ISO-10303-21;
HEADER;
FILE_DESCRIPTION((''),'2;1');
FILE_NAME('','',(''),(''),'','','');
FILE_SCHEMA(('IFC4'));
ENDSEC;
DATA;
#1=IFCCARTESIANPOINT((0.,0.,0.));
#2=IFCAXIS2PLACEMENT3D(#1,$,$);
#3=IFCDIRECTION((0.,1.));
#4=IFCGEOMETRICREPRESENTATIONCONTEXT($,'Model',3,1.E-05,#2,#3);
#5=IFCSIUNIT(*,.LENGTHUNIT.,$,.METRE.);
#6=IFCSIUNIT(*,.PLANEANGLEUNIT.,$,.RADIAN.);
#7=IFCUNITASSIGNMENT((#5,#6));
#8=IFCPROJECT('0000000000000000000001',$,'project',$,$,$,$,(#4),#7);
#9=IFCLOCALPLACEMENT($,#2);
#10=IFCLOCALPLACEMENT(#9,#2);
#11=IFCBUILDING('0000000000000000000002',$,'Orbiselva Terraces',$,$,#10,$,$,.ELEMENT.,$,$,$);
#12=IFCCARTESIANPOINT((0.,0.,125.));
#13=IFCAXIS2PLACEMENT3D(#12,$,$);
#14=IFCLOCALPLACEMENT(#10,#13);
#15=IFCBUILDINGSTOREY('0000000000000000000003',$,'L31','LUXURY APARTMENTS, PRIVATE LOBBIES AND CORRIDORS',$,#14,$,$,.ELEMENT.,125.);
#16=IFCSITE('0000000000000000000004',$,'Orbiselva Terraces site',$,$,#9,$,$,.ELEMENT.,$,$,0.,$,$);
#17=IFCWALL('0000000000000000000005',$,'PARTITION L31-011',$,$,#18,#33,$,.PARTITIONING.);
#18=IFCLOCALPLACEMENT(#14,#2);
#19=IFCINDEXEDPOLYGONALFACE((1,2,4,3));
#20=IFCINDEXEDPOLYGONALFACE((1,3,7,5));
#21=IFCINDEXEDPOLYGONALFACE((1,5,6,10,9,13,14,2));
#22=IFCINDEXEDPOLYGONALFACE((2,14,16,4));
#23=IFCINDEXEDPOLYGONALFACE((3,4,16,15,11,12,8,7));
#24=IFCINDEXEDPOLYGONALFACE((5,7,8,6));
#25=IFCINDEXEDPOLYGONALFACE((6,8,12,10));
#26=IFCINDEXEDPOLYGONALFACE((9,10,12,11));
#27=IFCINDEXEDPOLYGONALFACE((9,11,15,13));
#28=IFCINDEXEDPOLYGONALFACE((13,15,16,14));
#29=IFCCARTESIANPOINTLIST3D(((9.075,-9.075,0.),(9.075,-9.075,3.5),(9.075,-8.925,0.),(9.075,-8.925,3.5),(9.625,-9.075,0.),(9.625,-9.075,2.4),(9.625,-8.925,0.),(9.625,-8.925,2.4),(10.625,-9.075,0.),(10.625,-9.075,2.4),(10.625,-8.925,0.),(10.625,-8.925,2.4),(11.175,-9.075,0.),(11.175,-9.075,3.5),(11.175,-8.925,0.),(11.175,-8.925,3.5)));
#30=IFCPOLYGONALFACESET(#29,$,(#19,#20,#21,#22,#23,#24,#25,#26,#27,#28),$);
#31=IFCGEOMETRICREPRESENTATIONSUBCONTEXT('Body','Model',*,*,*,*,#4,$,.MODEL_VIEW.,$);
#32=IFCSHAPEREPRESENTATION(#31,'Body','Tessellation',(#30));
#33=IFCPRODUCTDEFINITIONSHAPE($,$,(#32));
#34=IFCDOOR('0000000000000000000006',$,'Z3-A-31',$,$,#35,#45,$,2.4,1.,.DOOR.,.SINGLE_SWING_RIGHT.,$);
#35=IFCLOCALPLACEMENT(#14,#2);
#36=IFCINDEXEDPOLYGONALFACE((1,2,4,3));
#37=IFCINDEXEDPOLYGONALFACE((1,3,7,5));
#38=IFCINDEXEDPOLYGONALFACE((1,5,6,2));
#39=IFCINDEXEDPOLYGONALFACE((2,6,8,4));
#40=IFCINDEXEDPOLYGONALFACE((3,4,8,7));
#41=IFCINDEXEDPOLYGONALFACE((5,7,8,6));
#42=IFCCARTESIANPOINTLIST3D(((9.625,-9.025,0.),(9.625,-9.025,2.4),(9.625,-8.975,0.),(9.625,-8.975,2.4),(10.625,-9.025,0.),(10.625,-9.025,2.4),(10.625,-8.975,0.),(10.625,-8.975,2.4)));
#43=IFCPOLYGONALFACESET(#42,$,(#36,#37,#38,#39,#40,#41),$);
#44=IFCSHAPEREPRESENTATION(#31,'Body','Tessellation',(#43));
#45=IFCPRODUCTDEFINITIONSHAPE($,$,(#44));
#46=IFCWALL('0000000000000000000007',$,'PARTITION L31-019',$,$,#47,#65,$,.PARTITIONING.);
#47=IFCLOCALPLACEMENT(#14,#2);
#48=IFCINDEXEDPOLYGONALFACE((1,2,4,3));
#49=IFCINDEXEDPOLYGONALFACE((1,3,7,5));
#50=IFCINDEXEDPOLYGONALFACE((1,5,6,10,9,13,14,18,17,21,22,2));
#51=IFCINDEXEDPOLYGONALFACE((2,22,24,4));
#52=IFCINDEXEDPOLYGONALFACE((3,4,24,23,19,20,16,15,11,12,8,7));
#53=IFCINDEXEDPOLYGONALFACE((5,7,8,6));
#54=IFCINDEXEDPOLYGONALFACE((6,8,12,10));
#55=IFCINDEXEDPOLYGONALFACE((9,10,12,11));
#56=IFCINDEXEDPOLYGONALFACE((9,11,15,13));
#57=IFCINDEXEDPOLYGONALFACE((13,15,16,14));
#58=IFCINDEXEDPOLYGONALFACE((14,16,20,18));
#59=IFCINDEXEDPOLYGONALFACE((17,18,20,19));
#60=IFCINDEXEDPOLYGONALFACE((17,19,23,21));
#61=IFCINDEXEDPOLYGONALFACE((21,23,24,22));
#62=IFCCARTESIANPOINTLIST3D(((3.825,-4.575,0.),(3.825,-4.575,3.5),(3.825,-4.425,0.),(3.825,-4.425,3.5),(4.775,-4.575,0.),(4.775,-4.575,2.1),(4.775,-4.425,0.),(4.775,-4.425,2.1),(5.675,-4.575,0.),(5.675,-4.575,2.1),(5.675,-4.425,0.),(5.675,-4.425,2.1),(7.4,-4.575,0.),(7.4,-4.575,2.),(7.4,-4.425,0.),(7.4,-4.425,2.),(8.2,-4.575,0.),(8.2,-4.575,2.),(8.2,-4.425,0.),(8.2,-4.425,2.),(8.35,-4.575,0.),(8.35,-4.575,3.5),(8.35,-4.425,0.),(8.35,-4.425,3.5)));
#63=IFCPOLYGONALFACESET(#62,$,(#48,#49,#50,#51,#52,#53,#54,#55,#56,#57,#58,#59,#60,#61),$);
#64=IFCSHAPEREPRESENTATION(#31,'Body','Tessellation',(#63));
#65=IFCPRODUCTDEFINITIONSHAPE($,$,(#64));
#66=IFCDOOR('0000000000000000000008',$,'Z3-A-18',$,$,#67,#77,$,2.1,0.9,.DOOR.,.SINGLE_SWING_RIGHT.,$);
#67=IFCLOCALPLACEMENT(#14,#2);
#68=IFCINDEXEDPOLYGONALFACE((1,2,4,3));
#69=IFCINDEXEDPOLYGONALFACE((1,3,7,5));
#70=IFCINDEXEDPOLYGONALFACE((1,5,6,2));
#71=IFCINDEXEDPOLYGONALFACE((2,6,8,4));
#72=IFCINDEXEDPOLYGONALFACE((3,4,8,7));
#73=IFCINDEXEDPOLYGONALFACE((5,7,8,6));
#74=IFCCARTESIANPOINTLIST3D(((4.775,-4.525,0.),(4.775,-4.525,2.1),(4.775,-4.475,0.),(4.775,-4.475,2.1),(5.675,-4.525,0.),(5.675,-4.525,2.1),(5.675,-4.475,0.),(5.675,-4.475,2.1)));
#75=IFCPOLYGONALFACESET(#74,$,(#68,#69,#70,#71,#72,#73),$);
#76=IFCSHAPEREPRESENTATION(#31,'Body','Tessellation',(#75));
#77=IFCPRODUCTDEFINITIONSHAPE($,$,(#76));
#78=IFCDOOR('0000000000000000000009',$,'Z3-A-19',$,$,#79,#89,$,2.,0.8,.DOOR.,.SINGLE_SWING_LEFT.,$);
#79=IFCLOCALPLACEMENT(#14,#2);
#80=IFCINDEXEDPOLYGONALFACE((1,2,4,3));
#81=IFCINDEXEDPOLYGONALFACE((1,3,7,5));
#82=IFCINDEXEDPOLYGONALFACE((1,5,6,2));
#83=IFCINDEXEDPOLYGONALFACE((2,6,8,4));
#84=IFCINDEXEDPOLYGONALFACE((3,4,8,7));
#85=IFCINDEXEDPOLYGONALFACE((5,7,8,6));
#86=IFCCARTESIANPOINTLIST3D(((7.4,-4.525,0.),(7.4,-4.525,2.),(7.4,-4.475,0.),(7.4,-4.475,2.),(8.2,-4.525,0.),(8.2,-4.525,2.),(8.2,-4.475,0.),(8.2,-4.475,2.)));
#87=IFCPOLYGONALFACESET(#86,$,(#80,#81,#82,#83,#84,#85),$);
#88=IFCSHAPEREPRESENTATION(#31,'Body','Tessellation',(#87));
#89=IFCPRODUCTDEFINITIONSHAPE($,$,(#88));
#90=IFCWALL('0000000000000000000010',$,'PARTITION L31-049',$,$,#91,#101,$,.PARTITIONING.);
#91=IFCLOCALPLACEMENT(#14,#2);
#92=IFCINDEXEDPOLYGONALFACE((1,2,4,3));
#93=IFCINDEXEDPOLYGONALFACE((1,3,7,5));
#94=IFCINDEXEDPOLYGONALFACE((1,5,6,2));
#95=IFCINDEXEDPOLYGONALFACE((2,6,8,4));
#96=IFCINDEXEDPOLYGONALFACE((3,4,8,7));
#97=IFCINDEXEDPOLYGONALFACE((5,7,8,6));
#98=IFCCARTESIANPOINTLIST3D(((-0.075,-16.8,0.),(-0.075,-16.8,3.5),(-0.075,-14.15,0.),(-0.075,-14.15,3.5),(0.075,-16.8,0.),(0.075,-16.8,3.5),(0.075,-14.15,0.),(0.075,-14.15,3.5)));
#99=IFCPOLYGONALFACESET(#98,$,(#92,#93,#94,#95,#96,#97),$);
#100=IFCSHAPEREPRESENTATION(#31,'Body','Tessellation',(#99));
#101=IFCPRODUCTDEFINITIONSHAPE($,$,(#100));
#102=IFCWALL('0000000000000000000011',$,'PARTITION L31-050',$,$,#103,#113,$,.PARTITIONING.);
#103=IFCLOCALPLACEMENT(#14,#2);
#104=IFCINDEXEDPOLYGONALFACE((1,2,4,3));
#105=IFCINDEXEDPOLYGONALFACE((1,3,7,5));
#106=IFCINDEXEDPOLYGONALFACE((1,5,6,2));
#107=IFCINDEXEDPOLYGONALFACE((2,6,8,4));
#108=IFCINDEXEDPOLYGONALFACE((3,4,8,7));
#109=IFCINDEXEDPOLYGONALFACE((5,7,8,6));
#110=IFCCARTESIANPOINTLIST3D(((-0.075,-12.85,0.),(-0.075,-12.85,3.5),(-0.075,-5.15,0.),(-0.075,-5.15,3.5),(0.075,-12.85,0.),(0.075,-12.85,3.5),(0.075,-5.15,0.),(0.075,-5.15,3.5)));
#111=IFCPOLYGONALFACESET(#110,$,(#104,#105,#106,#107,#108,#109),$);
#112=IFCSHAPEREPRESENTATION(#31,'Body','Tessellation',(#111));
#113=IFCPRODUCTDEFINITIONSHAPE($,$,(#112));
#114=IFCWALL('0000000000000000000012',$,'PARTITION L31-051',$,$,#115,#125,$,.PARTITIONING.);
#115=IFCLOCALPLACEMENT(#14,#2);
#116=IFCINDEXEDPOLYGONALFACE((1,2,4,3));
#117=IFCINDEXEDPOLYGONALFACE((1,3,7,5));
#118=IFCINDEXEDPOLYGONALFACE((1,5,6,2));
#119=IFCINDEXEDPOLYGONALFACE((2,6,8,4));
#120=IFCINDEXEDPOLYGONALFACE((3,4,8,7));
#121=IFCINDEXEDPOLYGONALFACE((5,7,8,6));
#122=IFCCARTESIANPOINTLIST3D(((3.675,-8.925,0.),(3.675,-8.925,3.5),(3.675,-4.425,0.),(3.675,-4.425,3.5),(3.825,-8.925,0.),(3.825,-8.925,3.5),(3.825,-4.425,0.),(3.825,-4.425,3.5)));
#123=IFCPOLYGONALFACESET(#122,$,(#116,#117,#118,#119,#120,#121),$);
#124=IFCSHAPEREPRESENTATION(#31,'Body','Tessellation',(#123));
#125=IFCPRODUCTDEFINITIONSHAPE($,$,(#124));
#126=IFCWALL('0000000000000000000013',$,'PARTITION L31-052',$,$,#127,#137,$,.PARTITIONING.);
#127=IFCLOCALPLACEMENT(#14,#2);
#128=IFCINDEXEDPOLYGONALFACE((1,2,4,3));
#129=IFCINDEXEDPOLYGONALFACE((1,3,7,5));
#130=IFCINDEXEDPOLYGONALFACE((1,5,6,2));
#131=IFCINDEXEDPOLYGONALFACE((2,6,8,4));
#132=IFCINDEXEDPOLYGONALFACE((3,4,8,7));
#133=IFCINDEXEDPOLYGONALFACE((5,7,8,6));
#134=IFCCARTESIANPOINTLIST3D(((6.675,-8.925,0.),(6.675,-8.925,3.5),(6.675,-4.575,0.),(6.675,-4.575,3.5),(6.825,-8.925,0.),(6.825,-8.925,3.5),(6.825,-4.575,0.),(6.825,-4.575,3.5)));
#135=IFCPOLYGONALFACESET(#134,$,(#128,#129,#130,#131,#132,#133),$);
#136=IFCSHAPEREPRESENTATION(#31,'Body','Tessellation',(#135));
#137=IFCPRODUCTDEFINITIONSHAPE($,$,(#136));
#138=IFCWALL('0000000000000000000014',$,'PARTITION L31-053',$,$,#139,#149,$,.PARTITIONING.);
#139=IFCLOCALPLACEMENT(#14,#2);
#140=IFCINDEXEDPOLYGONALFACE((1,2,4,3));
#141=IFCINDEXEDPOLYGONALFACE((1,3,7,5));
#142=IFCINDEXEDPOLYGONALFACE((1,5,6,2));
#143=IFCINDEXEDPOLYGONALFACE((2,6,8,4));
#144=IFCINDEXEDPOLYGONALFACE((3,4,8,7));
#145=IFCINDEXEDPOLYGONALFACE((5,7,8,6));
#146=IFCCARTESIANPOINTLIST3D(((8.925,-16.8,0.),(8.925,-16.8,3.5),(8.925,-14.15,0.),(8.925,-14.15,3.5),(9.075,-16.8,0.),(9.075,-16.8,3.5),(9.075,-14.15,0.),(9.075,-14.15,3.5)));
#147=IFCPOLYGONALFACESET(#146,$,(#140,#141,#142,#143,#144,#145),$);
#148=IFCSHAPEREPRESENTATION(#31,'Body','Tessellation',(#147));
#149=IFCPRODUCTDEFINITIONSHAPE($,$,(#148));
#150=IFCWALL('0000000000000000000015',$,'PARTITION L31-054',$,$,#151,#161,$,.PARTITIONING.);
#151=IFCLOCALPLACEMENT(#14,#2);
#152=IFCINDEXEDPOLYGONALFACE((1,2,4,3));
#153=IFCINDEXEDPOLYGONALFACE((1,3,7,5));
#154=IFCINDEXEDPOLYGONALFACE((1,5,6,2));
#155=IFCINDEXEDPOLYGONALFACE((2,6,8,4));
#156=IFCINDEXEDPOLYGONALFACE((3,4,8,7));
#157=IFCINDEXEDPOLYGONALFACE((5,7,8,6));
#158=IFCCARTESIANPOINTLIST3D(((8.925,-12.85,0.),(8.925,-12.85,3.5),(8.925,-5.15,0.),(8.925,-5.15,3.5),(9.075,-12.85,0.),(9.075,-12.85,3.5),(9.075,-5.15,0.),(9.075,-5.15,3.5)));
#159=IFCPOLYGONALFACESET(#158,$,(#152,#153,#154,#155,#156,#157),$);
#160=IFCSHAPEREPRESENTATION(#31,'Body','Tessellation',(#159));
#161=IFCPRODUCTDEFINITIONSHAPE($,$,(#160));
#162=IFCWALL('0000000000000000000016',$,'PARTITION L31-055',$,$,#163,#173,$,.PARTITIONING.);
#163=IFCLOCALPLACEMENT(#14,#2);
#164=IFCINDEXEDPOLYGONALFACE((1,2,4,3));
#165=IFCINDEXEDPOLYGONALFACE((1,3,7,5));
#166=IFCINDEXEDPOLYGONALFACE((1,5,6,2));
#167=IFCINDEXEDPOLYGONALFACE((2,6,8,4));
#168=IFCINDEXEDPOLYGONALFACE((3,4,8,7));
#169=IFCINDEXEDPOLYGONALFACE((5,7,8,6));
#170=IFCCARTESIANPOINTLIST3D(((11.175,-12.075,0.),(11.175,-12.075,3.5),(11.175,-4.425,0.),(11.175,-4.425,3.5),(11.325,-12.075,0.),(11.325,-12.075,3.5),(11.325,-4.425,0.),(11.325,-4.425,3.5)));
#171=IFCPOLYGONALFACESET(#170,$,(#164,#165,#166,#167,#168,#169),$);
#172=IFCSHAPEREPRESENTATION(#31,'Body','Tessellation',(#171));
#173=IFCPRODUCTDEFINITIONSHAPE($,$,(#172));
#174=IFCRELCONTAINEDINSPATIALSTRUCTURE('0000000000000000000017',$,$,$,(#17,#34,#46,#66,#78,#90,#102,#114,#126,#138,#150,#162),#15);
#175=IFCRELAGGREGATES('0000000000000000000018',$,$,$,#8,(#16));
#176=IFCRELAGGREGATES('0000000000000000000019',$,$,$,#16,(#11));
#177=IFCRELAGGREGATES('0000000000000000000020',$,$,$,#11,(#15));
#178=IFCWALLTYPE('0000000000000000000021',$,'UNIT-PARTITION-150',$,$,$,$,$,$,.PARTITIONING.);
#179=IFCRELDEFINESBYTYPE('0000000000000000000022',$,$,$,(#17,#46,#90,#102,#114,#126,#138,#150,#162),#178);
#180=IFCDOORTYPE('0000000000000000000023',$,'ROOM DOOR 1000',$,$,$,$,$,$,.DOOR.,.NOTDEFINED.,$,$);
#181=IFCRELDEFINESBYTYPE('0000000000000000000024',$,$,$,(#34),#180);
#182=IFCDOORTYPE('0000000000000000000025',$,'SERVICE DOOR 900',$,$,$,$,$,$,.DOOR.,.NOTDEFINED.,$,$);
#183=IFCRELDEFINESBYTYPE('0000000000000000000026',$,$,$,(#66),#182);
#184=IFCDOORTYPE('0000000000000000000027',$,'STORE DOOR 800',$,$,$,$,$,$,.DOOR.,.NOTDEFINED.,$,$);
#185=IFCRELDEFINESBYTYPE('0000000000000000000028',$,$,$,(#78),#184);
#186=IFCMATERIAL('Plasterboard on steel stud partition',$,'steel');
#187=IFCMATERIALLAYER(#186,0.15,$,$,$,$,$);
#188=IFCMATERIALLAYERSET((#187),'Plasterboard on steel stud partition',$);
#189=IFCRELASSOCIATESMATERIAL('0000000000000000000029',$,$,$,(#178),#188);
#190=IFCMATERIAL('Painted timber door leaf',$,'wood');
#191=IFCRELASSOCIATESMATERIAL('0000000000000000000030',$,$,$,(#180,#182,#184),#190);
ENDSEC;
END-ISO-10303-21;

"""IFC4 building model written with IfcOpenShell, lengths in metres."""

from ifc_helpers import new_model, si_unit, direction, frame, frame_2d, origin, place, context, subcontext, project, spatial, rectangle, extrude, material, layer, layer_set, type_object, element, fill, save


model = new_model("IFC4")

# Units and contexts
model_context = context("Model", 3, precision=1e-05, world=origin(), true_north=direction((0.0, 1.0)))
body_context = subcontext(model_context, "Body", "Model", "MODEL_VIEW")
ifc_project = project(units=[si_unit("LENGTHUNIT", "METRE"), si_unit("PLANEANGLEUNIT", "RADIAN")], contexts=[model_context])

# Site, building, storey
site_placement = place(None, origin())
site = spatial("IfcSite", under=ifc_project, at=site_placement, Name="Orbiselva Terraces site", CompositionType="ELEMENT", RefElevation=0.0)
building_placement = place(site_placement, origin())
building = spatial("IfcBuilding", under=site, at=building_placement, Name="Orbiselva Terraces", CompositionType="ELEMENT")
storey_placement = place(building_placement, frame((0.0, 0.0, 125.0)))
storey = spatial("IfcBuildingStorey", under=building, at=storey_placement, Name="L31", Description="LUXURY APARTMENTS, PRIVATE LOBBIES AND CORRIDORS", CompositionType="ELEMENT", Elevation=125.0)

# Wall, opening, door
ifc_material_1 = material(Name="Plasterboard on steel stud partition", Category="steel")
ifc_layer_1 = layer(ifc_material_1, 0.15)
ifc_layer_set_1 = layer_set([ifc_layer_1], Name="Plasterboard on steel stud partition")
wall_type_1 = type_object("IfcWallType", Name="UNIT-PARTITION-150", PredefinedType="PARTITIONING", material=ifc_layer_set_1)
ifc_material_2 = material(Name="Painted timber door leaf", Category="wood")
wall_1_placement = place(storey_placement, frame((11.175, -9.0, 0.0), z_axis=(0.0, 0.0, 1.0), x_axis=(-1.0, 0.0, 0.0)))
wall_1 = element("IfcWall", 1, at=wall_1_placement, inside=storey, type_object=wall_type_1, Name="PARTITION L31-011", PredefinedType="PARTITIONING", context=body_context, shape_type="SweptSolid", body=[
    extrude(rectangle(XDim=2.1, YDim=0.15, at=frame_2d((1.05, 0.0))), origin(), (0.0, 0.0, 1.0), 3.5),
])
opening_1_placement = place(wall_1_placement, frame((0.55, 0.0, 0.0)))
opening_1 = element("IfcOpeningElement", 2, at=opening_1_placement, cuts=wall_1, PredefinedType="OPENING", context=body_context, shape_type="SweptSolid", body=[
    extrude(rectangle(XDim=1.0, YDim=2.4, at=frame_2d((0.5, 1.2))), frame((0.0, 0.085, 0.0), z_axis=(0.0, -1.0, 0.0), x_axis=(1.0, 0.0, 0.0)), (0.0, 0.0, 1.0), 0.17),
])
door_type_1 = type_object("IfcDoorType", Name="ROOM DOOR 1000", OperationType="NOTDEFINED", PredefinedType="DOOR", material=ifc_material_2)
door_1_placement = place(opening_1_placement, origin())
door_1 = element("IfcDoor", 3, at=door_1_placement, inside=storey, type_object=door_type_1, Name="Z3-A-31", OperationType="SINGLE_SWING_RIGHT", OverallHeight=2.4, OverallWidth=1.0, PredefinedType="DOOR", context=body_context, shape_type="SweptSolid", body=[
    extrude(rectangle(XDim=1.0, YDim=2.4, at=frame_2d((0.5, 1.2))), frame((0.0, 0.025, 0.0), z_axis=(0.0, -1.0, 0.0), x_axis=(1.0, 0.0, 0.0)), (0.0, 0.0, 1.0), 0.05),
])
fill(opening_1, door_1)

# Wall, openings, doors
wall_2_placement = place(storey_placement, frame((8.35, -4.5, 0.0), z_axis=(0.0, 0.0, 1.0), x_axis=(-1.0, 0.0, 0.0)))
wall_2 = element("IfcWall", 4, at=wall_2_placement, inside=storey, type_object=wall_type_1, Name="PARTITION L31-019", PredefinedType="PARTITIONING", context=body_context, shape_type="SweptSolid", body=[
    extrude(rectangle(XDim=4.525, YDim=0.15, at=frame_2d((2.2625, 0.0))), origin(), (0.0, 0.0, 1.0), 3.5),
])
opening_2_placement = place(wall_2_placement, frame((2.675, 0.0, 0.0)))
opening_2 = element("IfcOpeningElement", 5, at=opening_2_placement, cuts=wall_2, PredefinedType="OPENING", context=body_context, shape_type="SweptSolid", body=[
    extrude(rectangle(XDim=0.9, YDim=2.1, at=frame_2d((0.45, 1.05))), frame((0.0, 0.085, 0.0), z_axis=(0.0, -1.0, 0.0), x_axis=(1.0, 0.0, 0.0)), (0.0, 0.0, 1.0), 0.17),
])
opening_3_placement = place(wall_2_placement, frame((0.15, 0.0, 0.0)))
opening_3 = element("IfcOpeningElement", 6, at=opening_3_placement, cuts=wall_2, PredefinedType="OPENING", context=body_context, shape_type="SweptSolid", body=[
    extrude(rectangle(XDim=0.8, YDim=2.0, at=frame_2d((0.4, 1.0))), frame((0.0, 0.085, 0.0), z_axis=(0.0, -1.0, 0.0), x_axis=(1.0, 0.0, 0.0)), (0.0, 0.0, 1.0), 0.17),
])
door_type_2 = type_object("IfcDoorType", Name="SERVICE DOOR 900", OperationType="NOTDEFINED", PredefinedType="DOOR", material=ifc_material_2)
door_2_placement = place(opening_2_placement, origin())
door_2 = element("IfcDoor", 7, at=door_2_placement, inside=storey, type_object=door_type_2, Name="Z3-A-18", OperationType="SINGLE_SWING_RIGHT", OverallHeight=2.1, OverallWidth=0.9, PredefinedType="DOOR", context=body_context, shape_type="SweptSolid", body=[
    extrude(rectangle(XDim=0.9, YDim=2.1, at=frame_2d((0.45, 1.05))), frame((0.0, 0.025, 0.0), z_axis=(0.0, -1.0, 0.0), x_axis=(1.0, 0.0, 0.0)), (0.0, 0.0, 1.0), 0.05),
])
fill(opening_2, door_2)
door_type_3 = type_object("IfcDoorType", Name="STORE DOOR 800", OperationType="NOTDEFINED", PredefinedType="DOOR", material=ifc_material_2)
door_3_placement = place(opening_3_placement, origin())
door_3 = element("IfcDoor", 8, at=door_3_placement, inside=storey, type_object=door_type_3, Name="Z3-A-19", OperationType="SINGLE_SWING_LEFT", OverallHeight=2.0, OverallWidth=0.8, PredefinedType="DOOR", context=body_context, shape_type="SweptSolid", body=[
    extrude(rectangle(XDim=0.8, YDim=2.0, at=frame_2d((0.4, 1.0))), frame((0.0, 0.025, 0.0), z_axis=(0.0, -1.0, 0.0), x_axis=(1.0, 0.0, 0.0)), (0.0, 0.0, 1.0), 0.05),
])
fill(opening_3, door_3)

# Walls
wall_3_placement = place(storey_placement, frame((0.0, -16.8, 0.0), z_axis=(0.0, 0.0, 1.0), x_axis=(0.0, 1.0, 0.0)))
element("IfcWall", 9, at=wall_3_placement, inside=storey, type_object=wall_type_1, Name="PARTITION L31-049", PredefinedType="PARTITIONING", context=body_context, shape_type="SweptSolid", body=[
    extrude(rectangle(XDim=2.65, YDim=0.15, at=frame_2d((1.325, 0.0))), origin(), (0.0, 0.0, 1.0), 3.5),
])
wall_4_placement = place(storey_placement, frame((0.0, -12.85, 0.0), z_axis=(0.0, 0.0, 1.0), x_axis=(0.0, 1.0, 0.0)))
element("IfcWall", 10, at=wall_4_placement, inside=storey, type_object=wall_type_1, Name="PARTITION L31-050", PredefinedType="PARTITIONING", context=body_context, shape_type="SweptSolid", body=[
    extrude(rectangle(XDim=7.7, YDim=0.15, at=frame_2d((3.85, 0.0))), origin(), (0.0, 0.0, 1.0), 3.5),
])
wall_5_placement = place(storey_placement, frame((3.75, -8.925, 0.0), z_axis=(0.0, 0.0, 1.0), x_axis=(0.0, 1.0, 0.0)))
element("IfcWall", 11, at=wall_5_placement, inside=storey, type_object=wall_type_1, Name="PARTITION L31-051", PredefinedType="PARTITIONING", context=body_context, shape_type="SweptSolid", body=[
    extrude(rectangle(XDim=4.5, YDim=0.15, at=frame_2d((2.25, 0.0))), origin(), (0.0, 0.0, 1.0), 3.5),
])
wall_6_placement = place(storey_placement, frame((6.75, -8.925, 0.0), z_axis=(0.0, 0.0, 1.0), x_axis=(0.0, 1.0, 0.0)))
element("IfcWall", 12, at=wall_6_placement, inside=storey, type_object=wall_type_1, Name="PARTITION L31-052", PredefinedType="PARTITIONING", context=body_context, shape_type="SweptSolid", body=[
    extrude(rectangle(XDim=4.35, YDim=0.15, at=frame_2d((2.175, 0.0))), origin(), (0.0, 0.0, 1.0), 3.5),
])
wall_7_placement = place(storey_placement, frame((9.0, -16.8, 0.0), z_axis=(0.0, 0.0, 1.0), x_axis=(0.0, 1.0, 0.0)))
element("IfcWall", 13, at=wall_7_placement, inside=storey, type_object=wall_type_1, Name="PARTITION L31-053", PredefinedType="PARTITIONING", context=body_context, shape_type="SweptSolid", body=[
    extrude(rectangle(XDim=2.65, YDim=0.15, at=frame_2d((1.325, 0.0))), origin(), (0.0, 0.0, 1.0), 3.5),
])
wall_8_placement = place(storey_placement, frame((9.0, -12.85, 0.0), z_axis=(0.0, 0.0, 1.0), x_axis=(0.0, 1.0, 0.0)))
element("IfcWall", 14, at=wall_8_placement, inside=storey, type_object=wall_type_1, Name="PARTITION L31-054", PredefinedType="PARTITIONING", context=body_context, shape_type="SweptSolid", body=[
    extrude(rectangle(XDim=7.7, YDim=0.15, at=frame_2d((3.85, 0.0))), origin(), (0.0, 0.0, 1.0), 3.5),
])
wall_9_placement = place(storey_placement, frame((11.25, -12.075, 0.0), z_axis=(0.0, 0.0, 1.0), x_axis=(0.0, 1.0, 0.0)))
element("IfcWall", 15, at=wall_9_placement, inside=storey, type_object=wall_type_1, Name="PARTITION L31-055", PredefinedType="PARTITIONING", context=body_context, shape_type="SweptSolid", body=[
    extrude(rectangle(XDim=7.65, YDim=0.15, at=frame_2d((3.825, 0.0))), origin(), (0.0, 0.0, 1.0), 3.5),
])

save(model, "model.ifc")
